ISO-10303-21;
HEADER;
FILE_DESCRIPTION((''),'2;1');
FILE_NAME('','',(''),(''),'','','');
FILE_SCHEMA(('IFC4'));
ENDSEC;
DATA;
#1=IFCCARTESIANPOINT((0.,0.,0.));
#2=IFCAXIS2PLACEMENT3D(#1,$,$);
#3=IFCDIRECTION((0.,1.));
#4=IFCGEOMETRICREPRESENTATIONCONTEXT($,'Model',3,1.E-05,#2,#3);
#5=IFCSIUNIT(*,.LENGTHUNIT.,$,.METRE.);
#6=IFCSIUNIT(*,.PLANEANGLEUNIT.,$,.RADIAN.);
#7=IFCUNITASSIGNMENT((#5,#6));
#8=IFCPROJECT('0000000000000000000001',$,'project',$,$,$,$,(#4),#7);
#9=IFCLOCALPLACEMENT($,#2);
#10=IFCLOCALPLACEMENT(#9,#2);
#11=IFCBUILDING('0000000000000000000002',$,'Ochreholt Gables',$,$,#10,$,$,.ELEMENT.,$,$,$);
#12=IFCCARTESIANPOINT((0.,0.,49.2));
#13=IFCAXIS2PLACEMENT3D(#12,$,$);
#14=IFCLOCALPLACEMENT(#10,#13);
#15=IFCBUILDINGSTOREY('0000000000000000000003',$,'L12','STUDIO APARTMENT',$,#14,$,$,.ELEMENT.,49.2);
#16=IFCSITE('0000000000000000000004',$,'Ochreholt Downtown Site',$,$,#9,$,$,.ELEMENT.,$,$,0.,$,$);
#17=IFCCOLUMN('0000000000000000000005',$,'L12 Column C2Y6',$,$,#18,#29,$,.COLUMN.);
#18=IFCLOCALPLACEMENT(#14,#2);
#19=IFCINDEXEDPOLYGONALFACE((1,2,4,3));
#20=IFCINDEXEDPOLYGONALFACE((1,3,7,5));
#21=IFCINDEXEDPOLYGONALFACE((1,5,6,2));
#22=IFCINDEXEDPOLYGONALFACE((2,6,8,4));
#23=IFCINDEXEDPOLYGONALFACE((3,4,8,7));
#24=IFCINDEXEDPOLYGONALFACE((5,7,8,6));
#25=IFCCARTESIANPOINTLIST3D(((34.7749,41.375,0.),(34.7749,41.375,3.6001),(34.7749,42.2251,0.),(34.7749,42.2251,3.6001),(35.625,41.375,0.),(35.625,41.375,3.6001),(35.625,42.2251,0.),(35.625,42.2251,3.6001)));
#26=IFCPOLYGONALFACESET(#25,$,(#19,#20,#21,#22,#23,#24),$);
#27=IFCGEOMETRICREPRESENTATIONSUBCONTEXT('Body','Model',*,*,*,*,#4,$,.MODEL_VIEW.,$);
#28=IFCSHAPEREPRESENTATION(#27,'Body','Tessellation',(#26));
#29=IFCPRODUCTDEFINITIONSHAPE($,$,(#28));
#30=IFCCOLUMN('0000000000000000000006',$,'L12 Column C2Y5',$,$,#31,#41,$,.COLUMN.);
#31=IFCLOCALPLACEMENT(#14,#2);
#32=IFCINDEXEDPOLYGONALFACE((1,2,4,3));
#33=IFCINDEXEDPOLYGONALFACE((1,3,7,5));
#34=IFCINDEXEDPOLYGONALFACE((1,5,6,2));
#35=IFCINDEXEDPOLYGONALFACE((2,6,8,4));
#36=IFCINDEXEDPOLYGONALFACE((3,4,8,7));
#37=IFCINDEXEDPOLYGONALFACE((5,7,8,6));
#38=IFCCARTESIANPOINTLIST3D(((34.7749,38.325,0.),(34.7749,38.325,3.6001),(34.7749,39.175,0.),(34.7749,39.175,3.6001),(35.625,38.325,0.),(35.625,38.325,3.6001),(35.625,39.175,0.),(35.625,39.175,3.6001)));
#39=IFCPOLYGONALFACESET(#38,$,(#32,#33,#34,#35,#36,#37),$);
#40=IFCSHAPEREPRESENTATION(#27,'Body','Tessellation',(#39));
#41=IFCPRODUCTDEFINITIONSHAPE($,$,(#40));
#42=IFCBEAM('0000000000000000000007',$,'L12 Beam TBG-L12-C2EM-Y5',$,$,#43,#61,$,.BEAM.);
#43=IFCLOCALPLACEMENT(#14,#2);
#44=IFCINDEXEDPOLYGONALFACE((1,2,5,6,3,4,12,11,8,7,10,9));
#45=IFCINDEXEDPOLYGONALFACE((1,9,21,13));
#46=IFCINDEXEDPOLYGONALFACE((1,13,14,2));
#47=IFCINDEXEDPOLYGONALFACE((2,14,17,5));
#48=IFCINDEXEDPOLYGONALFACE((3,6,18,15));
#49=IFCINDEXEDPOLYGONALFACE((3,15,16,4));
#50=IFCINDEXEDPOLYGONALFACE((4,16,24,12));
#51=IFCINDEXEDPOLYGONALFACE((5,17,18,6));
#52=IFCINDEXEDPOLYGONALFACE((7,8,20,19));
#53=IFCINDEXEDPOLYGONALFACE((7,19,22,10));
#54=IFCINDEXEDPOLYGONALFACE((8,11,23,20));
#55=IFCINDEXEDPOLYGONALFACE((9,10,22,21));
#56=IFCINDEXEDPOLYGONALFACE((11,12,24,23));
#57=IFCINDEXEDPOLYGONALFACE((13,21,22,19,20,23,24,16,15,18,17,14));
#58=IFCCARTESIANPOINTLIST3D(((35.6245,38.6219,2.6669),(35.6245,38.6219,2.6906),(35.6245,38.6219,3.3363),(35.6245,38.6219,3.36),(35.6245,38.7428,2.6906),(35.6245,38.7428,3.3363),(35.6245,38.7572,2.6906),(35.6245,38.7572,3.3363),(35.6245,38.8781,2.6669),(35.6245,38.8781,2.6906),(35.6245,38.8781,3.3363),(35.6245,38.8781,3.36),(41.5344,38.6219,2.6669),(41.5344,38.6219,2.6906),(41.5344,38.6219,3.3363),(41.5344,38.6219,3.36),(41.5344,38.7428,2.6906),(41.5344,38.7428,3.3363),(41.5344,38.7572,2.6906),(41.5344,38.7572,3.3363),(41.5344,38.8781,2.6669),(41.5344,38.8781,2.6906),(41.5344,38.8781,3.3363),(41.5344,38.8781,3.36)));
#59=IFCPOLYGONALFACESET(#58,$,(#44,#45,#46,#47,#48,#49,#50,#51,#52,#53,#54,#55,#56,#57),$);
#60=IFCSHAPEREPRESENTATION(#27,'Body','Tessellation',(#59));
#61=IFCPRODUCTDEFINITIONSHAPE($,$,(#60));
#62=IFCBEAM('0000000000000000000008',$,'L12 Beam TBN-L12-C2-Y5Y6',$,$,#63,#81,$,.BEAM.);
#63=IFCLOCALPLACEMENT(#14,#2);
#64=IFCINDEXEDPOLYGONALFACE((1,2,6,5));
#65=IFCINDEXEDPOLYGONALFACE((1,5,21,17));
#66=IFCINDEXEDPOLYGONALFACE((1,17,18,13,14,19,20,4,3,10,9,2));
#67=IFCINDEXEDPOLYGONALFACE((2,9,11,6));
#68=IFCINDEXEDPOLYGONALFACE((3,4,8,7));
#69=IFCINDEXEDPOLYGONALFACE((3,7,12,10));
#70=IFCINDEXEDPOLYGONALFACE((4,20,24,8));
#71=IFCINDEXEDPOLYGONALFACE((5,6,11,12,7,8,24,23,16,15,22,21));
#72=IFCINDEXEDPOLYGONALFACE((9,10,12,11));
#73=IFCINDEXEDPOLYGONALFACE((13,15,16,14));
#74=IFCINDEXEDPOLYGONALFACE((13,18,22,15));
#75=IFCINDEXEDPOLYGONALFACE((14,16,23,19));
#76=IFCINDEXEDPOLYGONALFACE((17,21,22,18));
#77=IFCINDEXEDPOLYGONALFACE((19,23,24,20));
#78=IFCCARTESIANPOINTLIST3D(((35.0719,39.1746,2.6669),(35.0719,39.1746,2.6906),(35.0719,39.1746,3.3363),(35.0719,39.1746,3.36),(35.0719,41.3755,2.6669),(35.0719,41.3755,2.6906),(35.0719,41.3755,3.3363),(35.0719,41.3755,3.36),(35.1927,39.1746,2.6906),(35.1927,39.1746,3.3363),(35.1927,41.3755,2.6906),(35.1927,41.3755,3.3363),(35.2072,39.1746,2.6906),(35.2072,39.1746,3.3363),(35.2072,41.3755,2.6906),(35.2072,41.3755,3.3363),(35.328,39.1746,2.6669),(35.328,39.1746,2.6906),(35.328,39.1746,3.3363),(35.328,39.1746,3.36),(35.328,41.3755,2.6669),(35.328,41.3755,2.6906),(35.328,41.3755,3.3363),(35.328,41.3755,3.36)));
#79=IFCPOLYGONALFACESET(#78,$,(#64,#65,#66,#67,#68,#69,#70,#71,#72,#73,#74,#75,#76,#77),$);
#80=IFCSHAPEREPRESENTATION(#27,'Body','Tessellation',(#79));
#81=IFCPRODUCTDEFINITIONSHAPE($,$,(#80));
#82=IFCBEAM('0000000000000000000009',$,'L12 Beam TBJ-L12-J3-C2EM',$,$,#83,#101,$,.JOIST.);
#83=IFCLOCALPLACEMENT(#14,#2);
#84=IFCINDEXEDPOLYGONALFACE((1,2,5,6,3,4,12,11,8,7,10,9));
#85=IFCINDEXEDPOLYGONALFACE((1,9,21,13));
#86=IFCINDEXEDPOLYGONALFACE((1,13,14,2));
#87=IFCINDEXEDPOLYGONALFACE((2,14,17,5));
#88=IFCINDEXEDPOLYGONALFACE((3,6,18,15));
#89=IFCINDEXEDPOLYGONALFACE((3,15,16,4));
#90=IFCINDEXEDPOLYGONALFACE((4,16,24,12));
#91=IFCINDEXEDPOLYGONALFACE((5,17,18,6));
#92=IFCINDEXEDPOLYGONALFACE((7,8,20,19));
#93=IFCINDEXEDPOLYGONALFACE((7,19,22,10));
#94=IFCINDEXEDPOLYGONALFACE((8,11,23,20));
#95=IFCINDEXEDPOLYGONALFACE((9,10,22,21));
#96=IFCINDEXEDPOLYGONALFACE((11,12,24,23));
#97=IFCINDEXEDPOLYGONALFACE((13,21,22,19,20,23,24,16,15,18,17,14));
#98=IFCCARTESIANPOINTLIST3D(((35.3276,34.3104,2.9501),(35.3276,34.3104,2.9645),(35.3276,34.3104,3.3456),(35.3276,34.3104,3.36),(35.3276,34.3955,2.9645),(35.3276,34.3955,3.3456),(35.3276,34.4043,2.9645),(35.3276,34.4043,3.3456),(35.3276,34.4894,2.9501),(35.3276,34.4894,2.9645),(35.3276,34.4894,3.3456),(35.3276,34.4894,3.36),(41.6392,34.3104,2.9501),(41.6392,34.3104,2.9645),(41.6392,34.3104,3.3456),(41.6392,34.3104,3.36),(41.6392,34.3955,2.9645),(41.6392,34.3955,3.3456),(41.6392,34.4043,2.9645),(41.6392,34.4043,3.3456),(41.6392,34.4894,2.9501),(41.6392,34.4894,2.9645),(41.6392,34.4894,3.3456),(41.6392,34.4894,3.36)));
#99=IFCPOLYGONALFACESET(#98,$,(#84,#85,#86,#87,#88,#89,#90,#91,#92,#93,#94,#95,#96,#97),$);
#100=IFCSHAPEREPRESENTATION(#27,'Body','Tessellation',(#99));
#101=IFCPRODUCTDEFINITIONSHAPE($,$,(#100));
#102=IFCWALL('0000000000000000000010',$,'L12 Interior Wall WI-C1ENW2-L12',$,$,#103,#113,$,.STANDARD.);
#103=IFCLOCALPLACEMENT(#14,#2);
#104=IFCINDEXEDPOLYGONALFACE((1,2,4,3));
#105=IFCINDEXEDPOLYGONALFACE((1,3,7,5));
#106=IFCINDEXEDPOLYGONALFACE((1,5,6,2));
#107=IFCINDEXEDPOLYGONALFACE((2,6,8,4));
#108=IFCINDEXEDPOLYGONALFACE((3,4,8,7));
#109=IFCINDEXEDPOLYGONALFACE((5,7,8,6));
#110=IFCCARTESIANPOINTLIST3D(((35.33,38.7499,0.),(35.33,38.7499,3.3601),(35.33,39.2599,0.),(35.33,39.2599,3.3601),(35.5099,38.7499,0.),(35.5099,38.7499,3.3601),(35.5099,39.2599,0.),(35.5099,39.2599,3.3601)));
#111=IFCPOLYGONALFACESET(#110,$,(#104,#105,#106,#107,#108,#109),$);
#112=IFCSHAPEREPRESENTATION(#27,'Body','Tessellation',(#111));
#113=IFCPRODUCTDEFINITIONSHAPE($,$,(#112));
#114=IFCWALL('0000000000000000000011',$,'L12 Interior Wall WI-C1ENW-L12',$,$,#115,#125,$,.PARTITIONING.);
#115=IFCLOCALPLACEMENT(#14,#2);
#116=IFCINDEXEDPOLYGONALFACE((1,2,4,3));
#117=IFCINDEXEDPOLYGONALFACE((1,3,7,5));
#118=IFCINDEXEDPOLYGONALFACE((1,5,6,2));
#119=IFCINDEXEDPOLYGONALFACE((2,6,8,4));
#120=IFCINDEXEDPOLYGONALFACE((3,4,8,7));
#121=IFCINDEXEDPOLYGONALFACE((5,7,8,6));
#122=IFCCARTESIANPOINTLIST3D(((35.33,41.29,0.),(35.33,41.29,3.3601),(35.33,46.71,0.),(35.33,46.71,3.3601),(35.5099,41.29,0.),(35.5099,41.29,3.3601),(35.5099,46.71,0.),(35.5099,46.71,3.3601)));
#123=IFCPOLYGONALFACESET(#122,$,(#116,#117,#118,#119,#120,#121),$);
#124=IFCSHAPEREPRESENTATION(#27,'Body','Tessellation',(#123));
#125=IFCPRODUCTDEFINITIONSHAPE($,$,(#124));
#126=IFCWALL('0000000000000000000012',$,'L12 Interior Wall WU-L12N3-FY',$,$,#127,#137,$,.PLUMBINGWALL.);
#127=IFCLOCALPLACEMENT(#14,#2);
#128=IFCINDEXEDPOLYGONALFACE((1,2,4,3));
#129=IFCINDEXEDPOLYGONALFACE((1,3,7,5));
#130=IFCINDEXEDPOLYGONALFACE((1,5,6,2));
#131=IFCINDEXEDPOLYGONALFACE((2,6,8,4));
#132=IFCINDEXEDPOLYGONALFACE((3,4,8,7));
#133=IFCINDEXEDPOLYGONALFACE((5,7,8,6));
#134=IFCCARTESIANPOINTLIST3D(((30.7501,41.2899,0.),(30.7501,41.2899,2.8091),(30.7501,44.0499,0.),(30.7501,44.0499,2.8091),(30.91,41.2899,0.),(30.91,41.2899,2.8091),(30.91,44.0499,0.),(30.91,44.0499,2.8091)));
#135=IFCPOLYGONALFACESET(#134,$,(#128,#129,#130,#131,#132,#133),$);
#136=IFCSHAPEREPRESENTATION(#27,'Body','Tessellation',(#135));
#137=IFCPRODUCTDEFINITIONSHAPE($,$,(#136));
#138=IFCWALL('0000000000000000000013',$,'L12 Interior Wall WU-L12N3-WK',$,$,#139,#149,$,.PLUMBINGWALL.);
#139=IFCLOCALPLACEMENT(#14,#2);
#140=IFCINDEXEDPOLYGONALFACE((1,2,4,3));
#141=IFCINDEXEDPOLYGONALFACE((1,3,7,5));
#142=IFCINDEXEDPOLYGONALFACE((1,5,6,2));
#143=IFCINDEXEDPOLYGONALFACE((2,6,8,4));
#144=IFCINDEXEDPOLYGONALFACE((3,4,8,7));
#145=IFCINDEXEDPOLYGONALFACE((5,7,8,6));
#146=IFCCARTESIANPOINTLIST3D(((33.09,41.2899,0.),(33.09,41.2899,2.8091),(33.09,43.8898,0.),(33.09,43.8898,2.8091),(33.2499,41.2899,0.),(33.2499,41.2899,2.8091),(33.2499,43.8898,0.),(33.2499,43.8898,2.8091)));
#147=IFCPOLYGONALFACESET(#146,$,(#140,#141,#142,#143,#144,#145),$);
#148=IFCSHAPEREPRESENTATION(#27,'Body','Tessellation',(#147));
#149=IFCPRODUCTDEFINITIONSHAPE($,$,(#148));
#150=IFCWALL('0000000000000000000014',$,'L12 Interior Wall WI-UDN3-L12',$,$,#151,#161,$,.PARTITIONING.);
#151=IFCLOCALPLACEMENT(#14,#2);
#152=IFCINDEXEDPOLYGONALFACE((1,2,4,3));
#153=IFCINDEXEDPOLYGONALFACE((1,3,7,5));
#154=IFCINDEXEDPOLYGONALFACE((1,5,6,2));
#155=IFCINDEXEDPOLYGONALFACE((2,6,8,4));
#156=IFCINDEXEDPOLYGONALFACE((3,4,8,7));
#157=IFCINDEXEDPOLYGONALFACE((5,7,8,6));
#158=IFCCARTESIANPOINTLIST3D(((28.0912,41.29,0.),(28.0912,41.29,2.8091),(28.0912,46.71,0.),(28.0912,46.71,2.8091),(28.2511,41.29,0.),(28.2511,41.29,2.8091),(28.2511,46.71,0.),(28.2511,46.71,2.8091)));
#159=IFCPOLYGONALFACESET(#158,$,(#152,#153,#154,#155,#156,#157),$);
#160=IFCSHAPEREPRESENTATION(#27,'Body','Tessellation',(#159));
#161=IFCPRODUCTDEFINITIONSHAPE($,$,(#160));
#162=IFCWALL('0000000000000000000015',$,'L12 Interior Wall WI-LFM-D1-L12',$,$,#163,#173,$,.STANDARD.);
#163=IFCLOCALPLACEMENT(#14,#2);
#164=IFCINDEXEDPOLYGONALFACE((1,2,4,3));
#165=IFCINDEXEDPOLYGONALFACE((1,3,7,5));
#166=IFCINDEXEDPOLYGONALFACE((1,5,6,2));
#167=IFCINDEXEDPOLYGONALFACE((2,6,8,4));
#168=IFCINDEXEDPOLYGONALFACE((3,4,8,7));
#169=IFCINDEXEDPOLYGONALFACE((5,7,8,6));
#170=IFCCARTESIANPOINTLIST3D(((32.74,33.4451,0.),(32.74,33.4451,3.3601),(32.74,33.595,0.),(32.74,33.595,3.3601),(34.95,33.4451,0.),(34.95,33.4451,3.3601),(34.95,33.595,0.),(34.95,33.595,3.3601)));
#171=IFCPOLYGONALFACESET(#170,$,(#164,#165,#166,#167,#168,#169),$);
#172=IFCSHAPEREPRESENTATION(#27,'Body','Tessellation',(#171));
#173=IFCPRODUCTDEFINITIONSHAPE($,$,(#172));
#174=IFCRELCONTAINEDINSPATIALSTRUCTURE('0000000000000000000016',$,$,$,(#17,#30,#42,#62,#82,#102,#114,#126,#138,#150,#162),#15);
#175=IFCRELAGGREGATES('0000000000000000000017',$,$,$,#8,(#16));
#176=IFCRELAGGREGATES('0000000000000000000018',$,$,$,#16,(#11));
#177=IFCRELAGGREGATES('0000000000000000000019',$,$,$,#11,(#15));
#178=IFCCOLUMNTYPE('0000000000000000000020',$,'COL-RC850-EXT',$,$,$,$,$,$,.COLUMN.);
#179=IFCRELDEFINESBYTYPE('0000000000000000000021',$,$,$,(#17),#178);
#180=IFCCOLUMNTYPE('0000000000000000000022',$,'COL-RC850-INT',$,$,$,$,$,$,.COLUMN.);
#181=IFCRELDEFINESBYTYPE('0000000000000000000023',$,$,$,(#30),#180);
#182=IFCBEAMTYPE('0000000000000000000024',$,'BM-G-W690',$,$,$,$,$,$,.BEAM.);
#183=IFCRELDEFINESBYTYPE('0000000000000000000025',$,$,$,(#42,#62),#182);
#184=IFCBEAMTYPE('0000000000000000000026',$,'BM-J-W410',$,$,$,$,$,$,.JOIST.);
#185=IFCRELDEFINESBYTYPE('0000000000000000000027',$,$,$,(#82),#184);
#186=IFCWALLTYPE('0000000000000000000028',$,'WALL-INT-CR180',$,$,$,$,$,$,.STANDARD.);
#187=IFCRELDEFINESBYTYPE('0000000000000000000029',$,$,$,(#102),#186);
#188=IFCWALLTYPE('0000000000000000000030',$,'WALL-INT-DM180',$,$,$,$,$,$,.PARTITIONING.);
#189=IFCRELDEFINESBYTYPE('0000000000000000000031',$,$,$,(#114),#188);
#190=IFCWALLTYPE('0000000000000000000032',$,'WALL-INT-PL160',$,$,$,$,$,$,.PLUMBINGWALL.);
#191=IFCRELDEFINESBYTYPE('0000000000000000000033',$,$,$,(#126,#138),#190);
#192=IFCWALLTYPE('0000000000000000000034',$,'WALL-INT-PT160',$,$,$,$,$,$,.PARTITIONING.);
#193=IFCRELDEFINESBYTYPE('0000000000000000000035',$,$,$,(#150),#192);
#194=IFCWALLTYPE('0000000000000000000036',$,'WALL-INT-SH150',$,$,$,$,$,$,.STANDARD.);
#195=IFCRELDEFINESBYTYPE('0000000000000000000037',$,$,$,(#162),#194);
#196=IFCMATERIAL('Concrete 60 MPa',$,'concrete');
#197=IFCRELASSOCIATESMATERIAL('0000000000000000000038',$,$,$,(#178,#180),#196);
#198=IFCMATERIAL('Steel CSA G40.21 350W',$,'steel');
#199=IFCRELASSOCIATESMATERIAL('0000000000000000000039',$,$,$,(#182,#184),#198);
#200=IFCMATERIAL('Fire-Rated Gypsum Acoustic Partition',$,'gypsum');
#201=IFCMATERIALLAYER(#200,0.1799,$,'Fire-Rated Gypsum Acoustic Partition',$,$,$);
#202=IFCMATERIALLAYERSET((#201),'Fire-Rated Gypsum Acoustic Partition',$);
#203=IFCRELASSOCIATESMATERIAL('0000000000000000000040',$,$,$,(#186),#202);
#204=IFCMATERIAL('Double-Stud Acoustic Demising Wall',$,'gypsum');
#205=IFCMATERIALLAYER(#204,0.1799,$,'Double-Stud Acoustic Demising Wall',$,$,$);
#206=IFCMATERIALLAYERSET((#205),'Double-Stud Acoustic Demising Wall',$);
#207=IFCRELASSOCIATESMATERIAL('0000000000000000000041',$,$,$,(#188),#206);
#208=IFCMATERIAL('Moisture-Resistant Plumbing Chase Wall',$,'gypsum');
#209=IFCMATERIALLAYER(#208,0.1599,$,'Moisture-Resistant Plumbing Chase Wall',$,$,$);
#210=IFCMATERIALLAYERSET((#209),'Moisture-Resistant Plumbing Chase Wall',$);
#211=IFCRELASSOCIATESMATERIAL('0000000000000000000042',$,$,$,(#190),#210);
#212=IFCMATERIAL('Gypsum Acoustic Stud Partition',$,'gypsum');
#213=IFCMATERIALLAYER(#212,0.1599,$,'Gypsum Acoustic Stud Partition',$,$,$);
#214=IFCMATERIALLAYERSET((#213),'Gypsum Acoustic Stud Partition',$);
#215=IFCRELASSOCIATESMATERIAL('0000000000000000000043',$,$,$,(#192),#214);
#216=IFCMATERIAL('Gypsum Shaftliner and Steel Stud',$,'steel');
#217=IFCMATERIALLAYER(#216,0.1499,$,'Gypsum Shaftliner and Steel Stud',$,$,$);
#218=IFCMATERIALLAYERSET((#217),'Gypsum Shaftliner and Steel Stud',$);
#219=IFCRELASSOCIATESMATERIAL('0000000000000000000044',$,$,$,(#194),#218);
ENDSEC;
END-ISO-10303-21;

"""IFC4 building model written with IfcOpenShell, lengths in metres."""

from ifc_helpers import new_model, si_unit, direction, frame, frame_2d, origin, origin_2d, place, context, subcontext, project, spatial, rectangle, i_section, extrude, material, layer, layer_set, material_profile, profile_set, type_object, element, save


model = new_model("IFC4")

# Units and contexts
model_context = context("Model", 3, precision=1e-05, world=origin(), true_north=direction((0.0, 1.0)))
body_context = subcontext(model_context, "Body", "Model", "MODEL_VIEW")
ifc_project = project(units=[si_unit("LENGTHUNIT", "METRE"), si_unit("PLANEANGLEUNIT", "RADIAN")], contexts=[model_context])

# Site, building, storey
site_placement = place(None, origin())
site = spatial("IfcSite", under=ifc_project, at=site_placement, Name="Ochreholt Downtown Site", CompositionType="ELEMENT", RefElevation=0.0)
building_placement = place(site_placement, origin())
building = spatial("IfcBuilding", under=site, at=building_placement, Name="Ochreholt Gables", CompositionType="ELEMENT")
storey_placement = place(building_placement, frame((0.0, 0.0, 49.2)))
storey = spatial("IfcBuildingStorey", under=building, at=storey_placement, Name="L12", Description="STUDIO APARTMENT", CompositionType="ELEMENT", Elevation=49.2)

# Columns
ifc_material_1 = material(Name="Concrete 60 MPa", Category="concrete")
ifc_material_profile_1 = material_profile(ifc_material_1, rectangle(XDim=0.8501, YDim=0.8501, at=origin_2d()), Name="RC850X850")
ifc_profile_set_1 = profile_set([ifc_material_profile_1], Name="Concrete 60 MPa")
column_type_1 = type_object("IfcColumnType", Name="COL-RC850-EXT", PredefinedType="COLUMN", material=ifc_profile_set_1)
column_1_placement = place(storey_placement, frame((35.2, 41.8, 0.0), z_axis=(0.0, 0.0, 1.0), x_axis=(1.0, 0.0, 0.0)))
element("IfcColumn", 1, at=column_1_placement, inside=storey, type_object=column_type_1, Name="L12 Column C2Y6", PredefinedType="COLUMN", context=body_context, shape_type="SweptSolid", body=[
    extrude(rectangle(XDim=0.8501, YDim=0.8501, at=origin_2d()), origin(), (0.0, 0.0, 1.0), 3.6001),
])
ifc_material_profile_2 = material_profile(ifc_material_1, rectangle(XDim=0.8501, YDim=0.8501, at=origin_2d()), Name="RC850X850")
ifc_profile_set_2 = profile_set([ifc_material_profile_2], Name="Concrete 60 MPa")
column_type_2 = type_object("IfcColumnType", Name="COL-RC850-INT", PredefinedType="COLUMN", material=ifc_profile_set_2)
column_2_placement = place(storey_placement, frame((35.2, 38.75, 0.0), z_axis=(0.0, 0.0, 1.0), x_axis=(1.0, 0.0, 0.0)))
element("IfcColumn", 2, at=column_2_placement, inside=storey, type_object=column_type_2, Name="L12 Column C2Y5", PredefinedType="COLUMN", context=body_context, shape_type="SweptSolid", body=[
    extrude(rectangle(XDim=0.8501, YDim=0.8501, at=origin_2d()), origin(), (0.0, 0.0, 1.0), 3.6001),
])

# Beams
ifc_material_2 = material(Name="Steel CSA G40.21 350W", Category="steel")
ifc_material_profile_3 = material_profile(ifc_material_2, i_section(OverallWidth=0.2561, OverallDepth=0.6931, WebThickness=0.0144, FlangeThickness=0.0237, at=origin_2d()), Name="W690X170")
ifc_profile_set_3 = profile_set([ifc_material_profile_3], Name="Steel CSA G40.21 350W")
beam_type_1 = type_object("IfcBeamType", Name="BM-G-W690", PredefinedType="BEAM", material=ifc_profile_set_3)
beam_1_placement = place(storey_placement, frame((35.6245, 38.75, 3.0134), z_axis=(1.0, 0.0, 0.0), x_axis=(0.0, 1.0, 0.0)))
element("IfcBeam", 3, at=beam_1_placement, inside=storey, type_object=beam_type_1, Name="L12 Beam TBG-L12-C2EM-Y5", PredefinedType="BEAM", context=body_context, shape_type="SweptSolid", body=[
    extrude(i_section(OverallWidth=0.2561, OverallDepth=0.6931, WebThickness=0.0144, FlangeThickness=0.0237, at=origin_2d()), origin(), (0.0, 0.0, 1.0), 5.9099),
])
beam_2_placement = place(storey_placement, frame((35.2, 39.1746, 3.0134), z_axis=(0.0, 1.0, 0.0), x_axis=(-1.0, 0.0, 0.0)))
element("IfcBeam", 4, at=beam_2_placement, inside=storey, type_object=beam_type_1, Name="L12 Beam TBN-L12-C2-Y5Y6", PredefinedType="BEAM", context=body_context, shape_type="SweptSolid", body=[
    extrude(i_section(OverallWidth=0.2561, OverallDepth=0.6931, WebThickness=0.0144, FlangeThickness=0.0237, at=origin_2d()), origin(), (0.0, 0.0, 1.0), 2.2009),
])
ifc_material_profile_4 = material_profile(ifc_material_2, i_section(OverallWidth=0.179, OverallDepth=0.4099, WebThickness=0.0088, FlangeThickness=0.0144, at=origin_2d()), Name="W410X67")
ifc_profile_set_4 = profile_set([ifc_material_profile_4], Name="Steel CSA G40.21 350W")
beam_type_2 = type_object("IfcBeamType", Name="BM-J-W410", PredefinedType="JOIST", material=ifc_profile_set_4)
beam_3_placement = place(storey_placement, frame((35.3276, 34.3999, 3.155), z_axis=(1.0, 0.0, 0.0), x_axis=(0.0, 1.0, 0.0)))
element("IfcBeam", 5, at=beam_3_placement, inside=storey, type_object=beam_type_2, Name="L12 Beam TBJ-L12-J3-C2EM", PredefinedType="JOIST", context=body_context, shape_type="SweptSolid", body=[
    extrude(i_section(OverallWidth=0.179, OverallDepth=0.4099, WebThickness=0.0088, FlangeThickness=0.0144, at=origin_2d()), origin(), (0.0, 0.0, 1.0), 6.3115),
])

# Walls
ifc_material_3 = material(Name="Fire-Rated Gypsum Acoustic Partition", Category="gypsum")
ifc_layer_1 = layer(ifc_material_3, 0.1799, Name="Fire-Rated Gypsum Acoustic Partition")
ifc_layer_set_1 = layer_set([ifc_layer_1], Name="Fire-Rated Gypsum Acoustic Partition")
wall_type_1 = type_object("IfcWallType", Name="WALL-INT-CR180", PredefinedType="STANDARD", material=ifc_layer_set_1)
wall_1_placement = place(storey_placement, frame((35.4199, 38.75, 0.0), z_axis=(0.0, 0.0, 1.0), x_axis=(0.0, 1.0, 0.0)))
element("IfcWall", 6, at=wall_1_placement, inside=storey, type_object=wall_type_1, Name="L12 Interior Wall WI-C1ENW2-L12", PredefinedType="STANDARD", context=body_context, shape_type="SweptSolid", body=[
    extrude(rectangle(XDim=0.51, YDim=0.1799, at=frame_2d((0.2549, 0.0))), origin(), (0.0, 0.0, 1.0), 3.3601),
])
ifc_material_4 = material(Name="Double-Stud Acoustic Demising Wall", Category="gypsum")
ifc_layer_2 = layer(ifc_material_4, 0.1799, Name="Double-Stud Acoustic Demising Wall")
ifc_layer_set_2 = layer_set([ifc_layer_2], Name="Double-Stud Acoustic Demising Wall")
wall_type_2 = type_object("IfcWallType", Name="WALL-INT-DM180", PredefinedType="PARTITIONING", material=ifc_layer_set_2)
wall_2_placement = place(storey_placement, frame((35.4199, 41.29, 0.0), z_axis=(0.0, 0.0, 1.0), x_axis=(0.0, 1.0, 0.0)))
element("IfcWall", 7, at=wall_2_placement, inside=storey, type_object=wall_type_2, Name="L12 Interior Wall WI-C1ENW-L12", PredefinedType="PARTITIONING", context=body_context, shape_type="SweptSolid", body=[
    extrude(rectangle(XDim=5.4199, YDim=0.1799, at=frame_2d((2.71, 0.0))), origin(), (0.0, 0.0, 1.0), 3.3601),
])

# Shared definitions
ifc_material_5 = material(Name="Moisture-Resistant Plumbing Chase Wall", Category="gypsum")
ifc_layer_3 = layer(ifc_material_5, 0.1599, Name="Moisture-Resistant Plumbing Chase Wall")
ifc_layer_set_3 = layer_set([ifc_layer_3], Name="Moisture-Resistant Plumbing Chase Wall")
wall_type_3 = type_object("IfcWallType", Name="WALL-INT-PL160", PredefinedType="PLUMBINGWALL", material=ifc_layer_set_3)

# Walls
wall_3_placement = place(storey_placement, frame((30.8301, 41.29, 0.0), z_axis=(0.0, 0.0, 1.0), x_axis=(0.0, 1.0, 0.0)))
element("IfcWall", 8, at=wall_3_placement, inside=storey, type_object=wall_type_3, Name="L12 Interior Wall WU-L12N3-FY", PredefinedType="PLUMBINGWALL", context=body_context, shape_type="SweptSolid", body=[
    extrude(rectangle(XDim=2.76, YDim=0.1599, at=frame_2d((1.3799, 0.0))), origin(), (0.0, 0.0, 1.0), 2.8091),
])
wall_4_placement = place(storey_placement, frame((33.1699, 41.29, 0.0), z_axis=(0.0, 0.0, 1.0), x_axis=(0.0, 1.0, 0.0)))
element("IfcWall", 9, at=wall_4_placement, inside=storey, type_object=wall_type_3, Name="L12 Interior Wall WU-L12N3-WK", PredefinedType="PLUMBINGWALL", context=body_context, shape_type="SweptSolid", body=[
    extrude(rectangle(XDim=2.5999, YDim=0.1599, at=frame_2d((1.2998, 0.0))), origin(), (0.0, 0.0, 1.0), 2.8091),
])
ifc_material_6 = material(Name="Gypsum Acoustic Stud Partition", Category="gypsum")
ifc_layer_4 = layer(ifc_material_6, 0.1599, Name="Gypsum Acoustic Stud Partition")
ifc_layer_set_4 = layer_set([ifc_layer_4], Name="Gypsum Acoustic Stud Partition")
wall_type_4 = type_object("IfcWallType", Name="WALL-INT-PT160", PredefinedType="PARTITIONING", material=ifc_layer_set_4)
wall_5_placement = place(storey_placement, frame((28.1711, 41.29, 0.0), z_axis=(0.0, 0.0, 1.0), x_axis=(0.0, 1.0, 0.0)))
element("IfcWall", 10, at=wall_5_placement, inside=storey, type_object=wall_type_4, Name="L12 Interior Wall WI-UDN3-L12", PredefinedType="PARTITIONING", context=body_context, shape_type="SweptSolid", body=[
    extrude(rectangle(XDim=5.4199, YDim=0.1599, at=frame_2d((2.71, 0.0))), origin(), (0.0, 0.0, 1.0), 2.8091),
])
ifc_material_7 = material(Name="Gypsum Shaftliner and Steel Stud", Category="steel")
ifc_layer_5 = layer(ifc_material_7, 0.1499, Name="Gypsum Shaftliner and Steel Stud")
ifc_layer_set_5 = layer_set([ifc_layer_5], Name="Gypsum Shaftliner and Steel Stud")
wall_type_5 = type_object("IfcWallType", Name="WALL-INT-SH150", PredefinedType="STANDARD", material=ifc_layer_set_5)
for number, where, z_axis, x_axis, name in (
    (11, (32.74, 33.52, 0.0), (0.0, 0.0, 1.0), (1.0, 0.0, 0.0), "L12 Interior Wall WI-LFM-D1-L12"),
):
    element("IfcWall", number, at=place(storey_placement, frame(where, z_axis=z_axis, x_axis=x_axis)), inside=storey, type_object=wall_type_5, Name=name, PredefinedType="STANDARD", context=body_context, shape_type="SweptSolid", body=[
        extrude(rectangle(XDim=2.21, YDim=0.1499, at=frame_2d((1.105, 0.0))), origin(), (0.0, 0.0, 1.0), 3.3601),
    ])

save(model, "model.ifc")
